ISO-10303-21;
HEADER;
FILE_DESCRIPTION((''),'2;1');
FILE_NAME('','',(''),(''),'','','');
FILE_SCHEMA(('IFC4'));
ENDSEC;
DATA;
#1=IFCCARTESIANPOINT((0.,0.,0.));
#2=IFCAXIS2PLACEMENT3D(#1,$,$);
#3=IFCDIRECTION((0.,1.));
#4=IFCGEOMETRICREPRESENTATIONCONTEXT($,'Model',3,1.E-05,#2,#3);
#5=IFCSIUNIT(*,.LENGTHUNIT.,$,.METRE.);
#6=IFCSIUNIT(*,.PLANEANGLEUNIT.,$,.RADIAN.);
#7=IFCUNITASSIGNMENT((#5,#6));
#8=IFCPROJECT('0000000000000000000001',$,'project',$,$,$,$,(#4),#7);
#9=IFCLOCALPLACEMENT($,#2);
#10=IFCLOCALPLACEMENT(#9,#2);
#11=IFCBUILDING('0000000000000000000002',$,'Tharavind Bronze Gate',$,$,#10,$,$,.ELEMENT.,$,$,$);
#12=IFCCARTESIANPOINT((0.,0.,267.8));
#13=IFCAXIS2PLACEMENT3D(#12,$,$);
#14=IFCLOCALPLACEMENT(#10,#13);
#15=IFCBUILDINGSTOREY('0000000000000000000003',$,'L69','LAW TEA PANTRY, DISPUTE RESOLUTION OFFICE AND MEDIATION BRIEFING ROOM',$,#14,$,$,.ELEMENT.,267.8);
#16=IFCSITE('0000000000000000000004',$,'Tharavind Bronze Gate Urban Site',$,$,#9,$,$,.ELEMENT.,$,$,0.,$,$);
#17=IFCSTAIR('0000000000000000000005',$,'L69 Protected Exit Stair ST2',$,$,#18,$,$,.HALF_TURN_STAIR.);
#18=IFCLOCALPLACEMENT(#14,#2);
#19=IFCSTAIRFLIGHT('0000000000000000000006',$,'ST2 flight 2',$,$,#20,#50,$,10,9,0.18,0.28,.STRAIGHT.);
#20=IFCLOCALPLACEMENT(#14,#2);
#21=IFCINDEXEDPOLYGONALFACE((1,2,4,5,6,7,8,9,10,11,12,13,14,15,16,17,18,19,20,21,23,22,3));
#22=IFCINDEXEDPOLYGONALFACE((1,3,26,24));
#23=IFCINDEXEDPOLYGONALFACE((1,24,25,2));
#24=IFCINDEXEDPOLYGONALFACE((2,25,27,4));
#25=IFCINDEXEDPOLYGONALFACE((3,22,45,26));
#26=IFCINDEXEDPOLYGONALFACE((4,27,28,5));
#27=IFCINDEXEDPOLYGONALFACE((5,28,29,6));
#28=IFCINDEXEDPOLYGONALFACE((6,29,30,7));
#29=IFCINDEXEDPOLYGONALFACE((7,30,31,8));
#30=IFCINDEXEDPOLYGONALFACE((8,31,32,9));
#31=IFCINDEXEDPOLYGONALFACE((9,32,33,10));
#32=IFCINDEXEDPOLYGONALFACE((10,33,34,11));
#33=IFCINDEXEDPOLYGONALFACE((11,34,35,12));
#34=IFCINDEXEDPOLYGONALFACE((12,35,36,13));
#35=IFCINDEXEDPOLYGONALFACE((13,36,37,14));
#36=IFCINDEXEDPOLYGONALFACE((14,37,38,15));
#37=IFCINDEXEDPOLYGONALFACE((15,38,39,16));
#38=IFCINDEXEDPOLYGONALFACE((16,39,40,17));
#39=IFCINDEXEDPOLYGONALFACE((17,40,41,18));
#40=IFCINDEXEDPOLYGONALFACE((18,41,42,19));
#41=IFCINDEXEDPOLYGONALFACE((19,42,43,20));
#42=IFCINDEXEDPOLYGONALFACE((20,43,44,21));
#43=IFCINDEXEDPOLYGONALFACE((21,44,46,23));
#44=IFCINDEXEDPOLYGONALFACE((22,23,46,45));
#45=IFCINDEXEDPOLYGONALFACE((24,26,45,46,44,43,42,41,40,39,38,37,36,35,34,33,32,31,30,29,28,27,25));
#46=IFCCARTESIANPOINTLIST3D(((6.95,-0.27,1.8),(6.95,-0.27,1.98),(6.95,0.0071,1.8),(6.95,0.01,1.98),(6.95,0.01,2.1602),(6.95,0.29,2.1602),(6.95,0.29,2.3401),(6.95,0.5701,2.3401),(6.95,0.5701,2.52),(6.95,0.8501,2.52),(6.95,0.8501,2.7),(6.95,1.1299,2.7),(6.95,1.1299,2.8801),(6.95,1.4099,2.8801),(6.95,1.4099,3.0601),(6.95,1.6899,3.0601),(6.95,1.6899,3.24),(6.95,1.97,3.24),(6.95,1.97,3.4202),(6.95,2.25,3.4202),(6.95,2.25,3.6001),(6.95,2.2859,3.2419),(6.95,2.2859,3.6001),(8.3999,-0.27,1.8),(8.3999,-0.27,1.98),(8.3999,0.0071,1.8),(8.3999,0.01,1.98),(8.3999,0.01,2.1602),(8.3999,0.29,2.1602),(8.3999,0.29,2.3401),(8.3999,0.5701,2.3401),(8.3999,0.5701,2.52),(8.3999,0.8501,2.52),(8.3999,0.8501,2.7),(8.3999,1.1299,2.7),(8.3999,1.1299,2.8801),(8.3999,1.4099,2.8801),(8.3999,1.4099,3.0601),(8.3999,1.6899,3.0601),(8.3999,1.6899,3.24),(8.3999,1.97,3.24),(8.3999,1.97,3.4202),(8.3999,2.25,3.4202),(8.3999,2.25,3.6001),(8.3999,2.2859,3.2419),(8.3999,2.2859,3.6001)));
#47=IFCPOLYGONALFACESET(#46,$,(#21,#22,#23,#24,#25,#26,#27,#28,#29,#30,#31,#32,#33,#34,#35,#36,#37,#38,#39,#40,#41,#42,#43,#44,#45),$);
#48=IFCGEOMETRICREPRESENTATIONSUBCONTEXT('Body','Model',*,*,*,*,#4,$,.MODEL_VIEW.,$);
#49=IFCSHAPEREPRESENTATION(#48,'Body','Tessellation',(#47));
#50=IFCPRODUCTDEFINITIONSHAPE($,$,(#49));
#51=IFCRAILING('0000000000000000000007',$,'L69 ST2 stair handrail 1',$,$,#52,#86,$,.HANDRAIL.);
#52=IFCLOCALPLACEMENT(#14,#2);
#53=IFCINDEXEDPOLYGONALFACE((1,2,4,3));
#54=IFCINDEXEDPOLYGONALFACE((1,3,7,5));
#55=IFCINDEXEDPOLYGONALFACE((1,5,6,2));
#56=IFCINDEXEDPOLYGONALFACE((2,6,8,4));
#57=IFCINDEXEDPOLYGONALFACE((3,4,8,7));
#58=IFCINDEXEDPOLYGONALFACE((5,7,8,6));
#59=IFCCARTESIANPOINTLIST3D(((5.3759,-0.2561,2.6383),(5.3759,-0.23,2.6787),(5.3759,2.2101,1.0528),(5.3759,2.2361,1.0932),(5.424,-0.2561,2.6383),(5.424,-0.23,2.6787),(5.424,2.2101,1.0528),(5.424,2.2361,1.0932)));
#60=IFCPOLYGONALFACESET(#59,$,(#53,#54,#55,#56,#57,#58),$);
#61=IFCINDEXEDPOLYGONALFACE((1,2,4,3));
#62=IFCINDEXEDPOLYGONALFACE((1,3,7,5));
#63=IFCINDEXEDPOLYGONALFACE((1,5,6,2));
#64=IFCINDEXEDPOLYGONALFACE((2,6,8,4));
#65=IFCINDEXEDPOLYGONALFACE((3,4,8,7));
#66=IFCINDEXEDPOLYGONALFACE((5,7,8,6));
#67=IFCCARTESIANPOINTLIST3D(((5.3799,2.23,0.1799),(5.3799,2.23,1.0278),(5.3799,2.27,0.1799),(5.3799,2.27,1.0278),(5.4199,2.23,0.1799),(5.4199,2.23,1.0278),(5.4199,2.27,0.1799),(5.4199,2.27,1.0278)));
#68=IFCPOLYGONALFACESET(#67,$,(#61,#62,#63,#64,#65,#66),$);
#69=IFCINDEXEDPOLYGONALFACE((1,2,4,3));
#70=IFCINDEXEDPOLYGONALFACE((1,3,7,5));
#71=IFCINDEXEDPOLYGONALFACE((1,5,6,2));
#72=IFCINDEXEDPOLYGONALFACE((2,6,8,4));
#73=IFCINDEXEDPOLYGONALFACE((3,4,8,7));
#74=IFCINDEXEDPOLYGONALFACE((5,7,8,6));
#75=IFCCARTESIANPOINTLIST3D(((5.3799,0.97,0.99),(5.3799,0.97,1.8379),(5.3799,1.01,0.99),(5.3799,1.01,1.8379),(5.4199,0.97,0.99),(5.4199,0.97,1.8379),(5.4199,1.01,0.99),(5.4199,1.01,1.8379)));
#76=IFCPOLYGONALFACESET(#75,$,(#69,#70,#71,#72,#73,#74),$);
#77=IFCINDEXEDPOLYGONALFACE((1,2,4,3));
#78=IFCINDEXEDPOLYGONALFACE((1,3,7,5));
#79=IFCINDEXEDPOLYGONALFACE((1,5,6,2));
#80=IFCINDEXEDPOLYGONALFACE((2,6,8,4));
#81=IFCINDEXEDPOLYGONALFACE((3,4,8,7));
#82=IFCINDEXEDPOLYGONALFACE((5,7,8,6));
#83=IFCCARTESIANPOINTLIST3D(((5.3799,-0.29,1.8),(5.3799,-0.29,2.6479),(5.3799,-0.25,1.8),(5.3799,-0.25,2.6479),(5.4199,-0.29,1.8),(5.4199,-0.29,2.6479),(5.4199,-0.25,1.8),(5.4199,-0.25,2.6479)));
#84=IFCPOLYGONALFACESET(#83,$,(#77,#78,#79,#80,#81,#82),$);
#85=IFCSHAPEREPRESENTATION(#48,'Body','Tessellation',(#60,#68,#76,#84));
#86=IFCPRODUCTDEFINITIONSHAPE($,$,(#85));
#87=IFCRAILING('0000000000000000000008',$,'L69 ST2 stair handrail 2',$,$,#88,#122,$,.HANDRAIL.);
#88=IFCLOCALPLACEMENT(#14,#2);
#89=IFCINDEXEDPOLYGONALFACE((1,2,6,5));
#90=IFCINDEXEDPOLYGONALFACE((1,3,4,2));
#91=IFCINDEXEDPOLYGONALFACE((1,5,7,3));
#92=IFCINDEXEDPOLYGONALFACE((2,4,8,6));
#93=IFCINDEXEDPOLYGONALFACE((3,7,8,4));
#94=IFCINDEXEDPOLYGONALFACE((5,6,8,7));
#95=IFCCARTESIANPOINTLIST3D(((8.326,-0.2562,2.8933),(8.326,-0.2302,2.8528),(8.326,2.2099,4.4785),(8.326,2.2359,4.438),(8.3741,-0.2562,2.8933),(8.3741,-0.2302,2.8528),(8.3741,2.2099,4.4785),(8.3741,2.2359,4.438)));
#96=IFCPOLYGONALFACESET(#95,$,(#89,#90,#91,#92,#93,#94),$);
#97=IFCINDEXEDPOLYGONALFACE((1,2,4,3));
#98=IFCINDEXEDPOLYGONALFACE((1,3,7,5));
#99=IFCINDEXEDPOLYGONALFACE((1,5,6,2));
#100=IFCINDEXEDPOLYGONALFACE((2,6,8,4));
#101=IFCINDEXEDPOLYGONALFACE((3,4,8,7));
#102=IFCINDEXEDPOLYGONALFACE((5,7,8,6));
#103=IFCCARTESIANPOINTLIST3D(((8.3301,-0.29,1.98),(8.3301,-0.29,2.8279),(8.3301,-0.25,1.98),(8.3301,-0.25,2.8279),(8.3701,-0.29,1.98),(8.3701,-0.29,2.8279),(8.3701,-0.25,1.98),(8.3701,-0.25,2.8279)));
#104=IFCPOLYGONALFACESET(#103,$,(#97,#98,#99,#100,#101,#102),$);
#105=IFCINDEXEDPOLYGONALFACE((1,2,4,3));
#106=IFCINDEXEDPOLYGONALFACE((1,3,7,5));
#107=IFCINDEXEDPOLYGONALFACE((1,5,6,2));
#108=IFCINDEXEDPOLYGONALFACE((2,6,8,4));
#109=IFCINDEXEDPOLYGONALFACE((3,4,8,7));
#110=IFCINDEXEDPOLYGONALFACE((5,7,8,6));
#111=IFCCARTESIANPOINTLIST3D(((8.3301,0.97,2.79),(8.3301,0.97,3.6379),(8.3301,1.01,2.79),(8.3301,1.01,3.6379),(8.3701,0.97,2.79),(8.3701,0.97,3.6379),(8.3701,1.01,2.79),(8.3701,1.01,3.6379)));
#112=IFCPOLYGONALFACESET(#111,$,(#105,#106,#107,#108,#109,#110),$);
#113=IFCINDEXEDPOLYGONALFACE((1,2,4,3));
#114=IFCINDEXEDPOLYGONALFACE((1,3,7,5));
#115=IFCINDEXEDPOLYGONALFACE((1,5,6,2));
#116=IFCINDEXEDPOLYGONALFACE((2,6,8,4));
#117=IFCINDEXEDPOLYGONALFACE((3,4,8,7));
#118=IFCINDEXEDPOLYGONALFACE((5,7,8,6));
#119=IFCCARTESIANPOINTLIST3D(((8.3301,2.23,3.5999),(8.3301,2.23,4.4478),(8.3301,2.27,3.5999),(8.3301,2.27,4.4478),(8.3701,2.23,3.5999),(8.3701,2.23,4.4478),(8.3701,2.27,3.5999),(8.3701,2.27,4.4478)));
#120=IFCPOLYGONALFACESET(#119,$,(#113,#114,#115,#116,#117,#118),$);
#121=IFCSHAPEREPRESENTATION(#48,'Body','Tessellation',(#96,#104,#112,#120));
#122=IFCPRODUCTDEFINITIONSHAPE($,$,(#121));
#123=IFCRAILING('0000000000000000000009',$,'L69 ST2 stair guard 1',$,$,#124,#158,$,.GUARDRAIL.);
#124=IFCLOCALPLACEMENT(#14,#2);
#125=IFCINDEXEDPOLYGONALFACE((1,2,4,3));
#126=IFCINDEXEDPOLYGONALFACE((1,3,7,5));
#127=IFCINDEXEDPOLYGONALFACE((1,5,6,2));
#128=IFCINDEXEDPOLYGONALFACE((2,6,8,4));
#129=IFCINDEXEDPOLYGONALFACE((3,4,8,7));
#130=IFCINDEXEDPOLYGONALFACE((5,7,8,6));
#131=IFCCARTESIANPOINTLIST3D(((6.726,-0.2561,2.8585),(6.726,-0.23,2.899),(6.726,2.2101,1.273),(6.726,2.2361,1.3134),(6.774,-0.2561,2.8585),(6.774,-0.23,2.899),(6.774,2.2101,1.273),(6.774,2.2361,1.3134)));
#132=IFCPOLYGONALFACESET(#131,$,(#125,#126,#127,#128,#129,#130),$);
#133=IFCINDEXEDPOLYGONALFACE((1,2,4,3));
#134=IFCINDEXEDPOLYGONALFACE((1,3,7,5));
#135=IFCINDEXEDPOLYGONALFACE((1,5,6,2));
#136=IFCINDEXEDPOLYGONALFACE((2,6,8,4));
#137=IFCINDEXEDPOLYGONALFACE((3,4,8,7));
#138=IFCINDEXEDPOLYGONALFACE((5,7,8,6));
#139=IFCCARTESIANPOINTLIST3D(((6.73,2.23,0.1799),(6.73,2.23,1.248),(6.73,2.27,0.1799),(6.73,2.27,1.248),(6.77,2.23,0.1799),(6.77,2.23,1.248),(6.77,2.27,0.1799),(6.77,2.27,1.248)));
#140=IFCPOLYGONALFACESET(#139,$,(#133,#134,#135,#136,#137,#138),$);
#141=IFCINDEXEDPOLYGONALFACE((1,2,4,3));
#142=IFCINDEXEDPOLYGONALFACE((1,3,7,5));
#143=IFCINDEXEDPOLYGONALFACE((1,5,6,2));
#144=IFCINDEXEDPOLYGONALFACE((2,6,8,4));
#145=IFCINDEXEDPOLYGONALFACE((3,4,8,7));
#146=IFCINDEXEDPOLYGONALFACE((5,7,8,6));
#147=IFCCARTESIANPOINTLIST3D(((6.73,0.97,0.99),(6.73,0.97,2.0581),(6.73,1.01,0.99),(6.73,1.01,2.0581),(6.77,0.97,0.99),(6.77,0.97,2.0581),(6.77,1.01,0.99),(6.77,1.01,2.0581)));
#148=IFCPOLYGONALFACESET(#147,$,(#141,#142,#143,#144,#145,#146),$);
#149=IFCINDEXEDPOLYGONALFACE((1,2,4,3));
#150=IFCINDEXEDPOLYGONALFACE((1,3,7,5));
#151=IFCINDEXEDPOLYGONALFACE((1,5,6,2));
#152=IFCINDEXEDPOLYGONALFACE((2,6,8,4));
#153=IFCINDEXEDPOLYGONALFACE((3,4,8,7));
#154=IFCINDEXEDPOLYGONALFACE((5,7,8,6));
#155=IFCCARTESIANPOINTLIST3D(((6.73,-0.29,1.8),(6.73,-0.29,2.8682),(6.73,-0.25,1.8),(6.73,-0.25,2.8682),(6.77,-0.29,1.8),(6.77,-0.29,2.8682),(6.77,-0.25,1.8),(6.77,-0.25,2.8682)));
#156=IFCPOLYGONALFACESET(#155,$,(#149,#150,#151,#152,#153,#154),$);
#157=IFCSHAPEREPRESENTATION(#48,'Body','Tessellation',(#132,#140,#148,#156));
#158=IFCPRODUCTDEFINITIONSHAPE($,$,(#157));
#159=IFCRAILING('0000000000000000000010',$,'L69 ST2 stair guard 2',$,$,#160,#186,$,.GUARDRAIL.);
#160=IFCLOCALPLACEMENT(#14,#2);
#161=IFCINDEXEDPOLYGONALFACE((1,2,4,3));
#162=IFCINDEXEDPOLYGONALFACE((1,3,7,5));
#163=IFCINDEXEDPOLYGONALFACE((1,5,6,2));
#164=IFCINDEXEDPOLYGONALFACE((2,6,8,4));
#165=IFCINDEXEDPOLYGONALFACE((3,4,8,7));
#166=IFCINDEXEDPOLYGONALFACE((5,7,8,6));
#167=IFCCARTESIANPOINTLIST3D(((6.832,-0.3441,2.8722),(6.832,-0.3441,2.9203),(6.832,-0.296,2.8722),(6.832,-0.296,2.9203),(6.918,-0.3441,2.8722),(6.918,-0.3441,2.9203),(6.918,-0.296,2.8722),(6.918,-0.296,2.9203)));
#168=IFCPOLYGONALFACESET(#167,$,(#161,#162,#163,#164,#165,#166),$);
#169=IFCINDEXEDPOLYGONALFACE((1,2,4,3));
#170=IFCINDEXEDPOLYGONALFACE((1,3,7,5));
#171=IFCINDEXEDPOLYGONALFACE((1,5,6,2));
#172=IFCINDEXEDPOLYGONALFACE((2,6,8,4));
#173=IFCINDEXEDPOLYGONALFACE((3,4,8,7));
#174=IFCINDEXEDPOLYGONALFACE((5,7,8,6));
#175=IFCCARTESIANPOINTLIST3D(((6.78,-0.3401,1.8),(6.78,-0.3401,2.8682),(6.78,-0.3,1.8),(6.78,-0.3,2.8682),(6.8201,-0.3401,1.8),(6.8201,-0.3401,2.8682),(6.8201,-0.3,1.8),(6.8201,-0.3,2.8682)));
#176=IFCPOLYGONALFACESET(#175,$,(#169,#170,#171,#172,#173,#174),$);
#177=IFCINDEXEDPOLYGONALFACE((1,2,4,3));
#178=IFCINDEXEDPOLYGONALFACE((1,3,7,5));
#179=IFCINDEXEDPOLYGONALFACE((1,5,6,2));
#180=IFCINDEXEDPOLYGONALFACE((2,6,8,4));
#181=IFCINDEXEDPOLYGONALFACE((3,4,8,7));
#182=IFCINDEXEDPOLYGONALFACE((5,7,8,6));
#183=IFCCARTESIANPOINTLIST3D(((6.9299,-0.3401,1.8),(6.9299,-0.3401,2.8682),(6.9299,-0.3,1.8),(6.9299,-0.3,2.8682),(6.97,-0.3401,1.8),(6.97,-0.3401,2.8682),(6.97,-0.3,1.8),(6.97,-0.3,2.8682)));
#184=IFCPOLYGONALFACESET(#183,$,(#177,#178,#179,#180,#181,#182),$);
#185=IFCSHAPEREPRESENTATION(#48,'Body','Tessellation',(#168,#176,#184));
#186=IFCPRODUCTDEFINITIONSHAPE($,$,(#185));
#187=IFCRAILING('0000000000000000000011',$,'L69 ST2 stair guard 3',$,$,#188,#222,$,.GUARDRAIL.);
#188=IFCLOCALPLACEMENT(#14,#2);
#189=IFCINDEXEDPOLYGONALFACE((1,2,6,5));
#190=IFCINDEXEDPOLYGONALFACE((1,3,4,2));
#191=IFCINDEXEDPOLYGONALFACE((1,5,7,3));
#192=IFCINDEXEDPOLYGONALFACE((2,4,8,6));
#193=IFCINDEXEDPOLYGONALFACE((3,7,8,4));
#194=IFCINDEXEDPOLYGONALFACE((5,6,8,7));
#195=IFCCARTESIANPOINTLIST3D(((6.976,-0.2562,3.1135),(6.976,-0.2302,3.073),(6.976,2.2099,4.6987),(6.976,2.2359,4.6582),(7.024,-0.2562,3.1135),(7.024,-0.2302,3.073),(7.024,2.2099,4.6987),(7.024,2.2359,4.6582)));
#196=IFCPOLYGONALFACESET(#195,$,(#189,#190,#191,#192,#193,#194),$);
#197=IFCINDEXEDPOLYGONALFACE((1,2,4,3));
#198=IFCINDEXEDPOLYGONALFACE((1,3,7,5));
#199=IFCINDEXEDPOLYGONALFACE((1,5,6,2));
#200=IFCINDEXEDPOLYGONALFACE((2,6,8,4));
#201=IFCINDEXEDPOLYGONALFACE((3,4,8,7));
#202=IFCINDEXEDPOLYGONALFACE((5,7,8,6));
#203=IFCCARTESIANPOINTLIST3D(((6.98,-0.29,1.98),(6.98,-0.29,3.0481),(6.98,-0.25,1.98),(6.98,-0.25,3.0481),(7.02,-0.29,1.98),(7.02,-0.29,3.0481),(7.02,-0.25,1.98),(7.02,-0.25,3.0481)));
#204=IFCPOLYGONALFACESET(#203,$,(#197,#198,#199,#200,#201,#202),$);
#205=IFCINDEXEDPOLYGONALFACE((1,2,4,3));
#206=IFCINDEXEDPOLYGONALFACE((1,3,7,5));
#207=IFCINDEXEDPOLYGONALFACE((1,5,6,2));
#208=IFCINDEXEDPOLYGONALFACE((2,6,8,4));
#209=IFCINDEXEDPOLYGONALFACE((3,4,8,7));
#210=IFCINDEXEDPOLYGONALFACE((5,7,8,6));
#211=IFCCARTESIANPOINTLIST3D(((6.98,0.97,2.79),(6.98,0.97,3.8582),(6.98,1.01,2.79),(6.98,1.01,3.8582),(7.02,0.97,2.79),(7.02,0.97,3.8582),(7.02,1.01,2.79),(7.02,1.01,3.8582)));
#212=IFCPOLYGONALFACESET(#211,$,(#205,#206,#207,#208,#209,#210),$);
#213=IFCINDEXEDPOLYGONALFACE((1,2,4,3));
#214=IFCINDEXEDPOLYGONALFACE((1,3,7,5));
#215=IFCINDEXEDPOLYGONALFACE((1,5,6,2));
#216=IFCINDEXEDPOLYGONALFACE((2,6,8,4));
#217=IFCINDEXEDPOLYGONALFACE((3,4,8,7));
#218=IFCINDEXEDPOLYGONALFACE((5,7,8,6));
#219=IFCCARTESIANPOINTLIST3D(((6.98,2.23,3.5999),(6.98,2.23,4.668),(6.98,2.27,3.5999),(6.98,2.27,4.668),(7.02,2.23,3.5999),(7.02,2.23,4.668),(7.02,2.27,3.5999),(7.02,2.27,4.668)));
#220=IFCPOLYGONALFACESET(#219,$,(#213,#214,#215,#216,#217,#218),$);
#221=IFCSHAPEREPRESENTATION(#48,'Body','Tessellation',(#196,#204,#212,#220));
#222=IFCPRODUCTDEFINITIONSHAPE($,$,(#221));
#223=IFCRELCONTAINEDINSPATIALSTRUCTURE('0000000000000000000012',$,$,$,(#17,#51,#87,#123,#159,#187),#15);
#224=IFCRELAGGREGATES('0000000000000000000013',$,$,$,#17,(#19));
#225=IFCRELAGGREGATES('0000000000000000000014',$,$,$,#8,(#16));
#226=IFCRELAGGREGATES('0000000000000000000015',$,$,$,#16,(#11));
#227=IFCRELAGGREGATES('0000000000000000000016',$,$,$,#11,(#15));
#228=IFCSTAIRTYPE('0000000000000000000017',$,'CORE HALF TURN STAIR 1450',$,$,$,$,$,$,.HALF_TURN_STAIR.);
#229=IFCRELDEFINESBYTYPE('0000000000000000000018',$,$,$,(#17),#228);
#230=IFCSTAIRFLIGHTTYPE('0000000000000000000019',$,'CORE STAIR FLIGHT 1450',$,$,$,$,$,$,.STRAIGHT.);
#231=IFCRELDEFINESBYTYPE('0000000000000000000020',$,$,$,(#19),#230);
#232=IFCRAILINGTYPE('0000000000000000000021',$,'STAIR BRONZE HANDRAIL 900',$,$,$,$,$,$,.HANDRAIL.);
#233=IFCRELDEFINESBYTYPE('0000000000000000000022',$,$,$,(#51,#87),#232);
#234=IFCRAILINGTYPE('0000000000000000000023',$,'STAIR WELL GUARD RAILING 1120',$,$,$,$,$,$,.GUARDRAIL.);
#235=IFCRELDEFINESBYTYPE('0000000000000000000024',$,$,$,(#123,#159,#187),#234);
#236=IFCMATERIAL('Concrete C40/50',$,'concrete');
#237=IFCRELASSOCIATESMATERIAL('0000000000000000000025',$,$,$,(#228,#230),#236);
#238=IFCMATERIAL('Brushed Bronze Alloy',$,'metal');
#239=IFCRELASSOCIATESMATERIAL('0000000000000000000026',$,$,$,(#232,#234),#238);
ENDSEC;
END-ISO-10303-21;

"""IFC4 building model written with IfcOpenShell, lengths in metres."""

from ifc_helpers import new_model, si_unit, direction, frame, origin, origin_2d, place, context, subcontext, project, spatial, polyline, rectangle, outline, extrude, material, type_object, element, aggregate, save


model = new_model("IFC4")

# Units and contexts
model_context = context("Model", 3, precision=1e-05, world=origin(), true_north=direction((0.0, 1.0)))
body_context = subcontext(model_context, "Body", "Model", "MODEL_VIEW")
ifc_project = project(units=[si_unit("LENGTHUNIT", "METRE"), si_unit("PLANEANGLEUNIT", "RADIAN")], contexts=[model_context])

# Site, building, storey
site_placement = place(None, origin())
site = spatial("IfcSite", under=ifc_project, at=site_placement, Name="Tharavind Bronze Gate Urban Site", CompositionType="ELEMENT", RefElevation=0.0)
building_placement = place(site_placement, origin())
building = spatial("IfcBuilding", under=site, at=building_placement, Name="Tharavind Bronze Gate", CompositionType="ELEMENT")
storey_placement = place(building_placement, frame((0.0, 0.0, 267.8)))
storey = spatial("IfcBuildingStorey", under=building, at=storey_placement, Name="L69", Description="LAW TEA PANTRY, DISPUTE RESOLUTION OFFICE AND MEDIATION BRIEFING ROOM", CompositionType="ELEMENT", Elevation=267.8)

# Shared definitions
ifc_material_1 = material(Name="Concrete C40/50", Category="concrete")

# Stair, stair flight
stair_type = type_object("IfcStairType", Name="CORE HALF TURN STAIR 1450", PredefinedType="HALF_TURN_STAIR", material=ifc_material_1)
stair_placement = place(storey_placement, origin())
stair = element("IfcStair", 1, at=stair_placement, inside=storey, type_object=stair_type, Name="L69 Protected Exit Stair ST2", PredefinedType="HALF_TURN_STAIR")
stair_flight_type = type_object("IfcStairFlightType", Name="CORE STAIR FLIGHT 1450", PredefinedType="STRAIGHT", material=ifc_material_1)
stair_flight_1_placement = place(storey_placement, frame((7.675, -0.27, 1.8), z_axis=(0.0, 0.0, 1.0), x_axis=(0.0, 1.0, 0.0)))
stair_flight_1 = element("IfcStairFlight", 2, at=stair_flight_1_placement, type_object=stair_flight_type, Name="ST2 flight 2", NumberOfRisers=10, NumberOfTreads=9, PredefinedType="STRAIGHT", RiserHeight=0.18, TreadLength=0.28, context=body_context, shape_type="SweptSolid", body=[
    extrude(outline(polyline([(0.0, 0.0), (0.0, 0.1799), (0.28, 0.1799), (0.28, 0.3601), (0.5601, 0.3601), (0.5601, 0.54), (0.8401, 0.54), (0.8401, 0.72), (1.1201, 0.72), (1.1201, 0.8999), (1.3999, 0.8999), (1.3999, 1.0801), (1.6799, 1.0801), (1.6799, 1.26), (1.96, 1.26), (1.96, 1.4399), (2.24, 1.4399), (2.24, 1.6201), (2.52, 1.6201), (2.52, 1.8), (2.5559, 1.8), (2.5559, 1.4419), (0.2771, 0.0), (0.0, 0.0)])), frame((0.0, 0.7251, 0.0), z_axis=(0.0, -1.0, 0.0), x_axis=(1.0, 0.0, 0.0)), (0.0, 0.0, 1.0), 1.45),
])
aggregate(stair, [stair_flight_1])

# Railings
ifc_material_2 = material(Name="Brushed Bronze Alloy", Category="metal")
railing_type_1 = type_object("IfcRailingType", Name="STAIR BRONZE HANDRAIL 900", PredefinedType="HANDRAIL", material=ifc_material_2)
railing_1_placement = place(storey_placement, frame((5.3999, 2.25, 0.1799)))
element("IfcRailing", 3, at=railing_1_placement, inside=storey, type_object=railing_type_1, Name="L69 ST2 stair handrail 1", PredefinedType="HANDRAIL", context=body_context, shape_type="SweptSolid", body=[
    extrude(rectangle(XDim=0.0481, YDim=0.0481, at=origin_2d()), frame((0.0, -0.0269, 0.8931), z_axis=(0.0, -0.841163, 0.540782), x_axis=(1.0, 0.0, 0.0)), (0.0, 0.0, 1.0), 2.9319),
    extrude(rectangle(XDim=0.04, YDim=0.04, at=origin_2d()), origin(), (0.0, 0.0, 1.0), 0.8479),
    extrude(rectangle(XDim=0.04, YDim=0.04, at=origin_2d()), frame((0.0, -1.26, 0.8101)), (0.0, 0.0, 1.0), 0.8479),
    extrude(rectangle(XDim=0.04, YDim=0.04, at=origin_2d()), frame((0.0, -2.52, 1.6201)), (0.0, 0.0, 1.0), 0.8479),
])
railing_2_placement = place(storey_placement, frame((8.3501, -0.27, 1.98)))
element("IfcRailing", 4, at=railing_2_placement, inside=storey, type_object=railing_type_1, Name="L69 ST2 stair handrail 2", PredefinedType="HANDRAIL", context=body_context, shape_type="SweptSolid", body=[
    extrude(rectangle(XDim=0.0481, YDim=0.0481, at=origin_2d()), frame((0.0, 0.0269, 0.8931), z_axis=(0.0, 0.8412, 0.540725), x_axis=(-1.0, 0.0, 0.0)), (0.0, 0.0, 1.0), 2.9316),
    extrude(rectangle(XDim=0.04, YDim=0.04, at=origin_2d()), origin(), (0.0, 0.0, 1.0), 0.8479),
    extrude(rectangle(XDim=0.04, YDim=0.04, at=origin_2d()), frame((0.0, 1.26, 0.8101)), (0.0, 0.0, 1.0), 0.8479),
    extrude(rectangle(XDim=0.04, YDim=0.04, at=origin_2d()), frame((0.0, 2.52, 1.6199)), (0.0, 0.0, 1.0), 0.8479),
])
railing_type_2 = type_object("IfcRailingType", Name="STAIR WELL GUARD RAILING 1120", PredefinedType="GUARDRAIL", material=ifc_material_2)
railing_3_placement = place(storey_placement, frame((6.75, 2.25, 0.1799)))
element("IfcRailing", 5, at=railing_3_placement, inside=storey, type_object=railing_type_2, Name="L69 ST2 stair guard 1", PredefinedType="GUARDRAIL", context=body_context, shape_type="SweptSolid", body=[
    extrude(rectangle(XDim=0.0481, YDim=0.0481, at=origin_2d()), frame((0.0, -0.0269, 1.1133), z_axis=(0.0, -0.841163, 0.540782), x_axis=(1.0, 0.0, 0.0)), (0.0, 0.0, 1.0), 2.9319),
    extrude(rectangle(XDim=0.04, YDim=0.04, at=origin_2d()), origin(), (0.0, 0.0, 1.0), 1.0681),
    extrude(rectangle(XDim=0.04, YDim=0.04, at=origin_2d()), frame((0.0, -1.26, 0.8101)), (0.0, 0.0, 1.0), 1.0681),
    extrude(rectangle(XDim=0.04, YDim=0.04, at=origin_2d()), frame((0.0, -2.52, 1.6201)), (0.0, 0.0, 1.0), 1.0681),
])
railing_4_placement = place(storey_placement, frame((6.8, -0.3201, 1.8)))
element("IfcRailing", 6, at=railing_4_placement, inside=storey, type_object=railing_type_2, Name="L69 ST2 stair guard 2", PredefinedType="GUARDRAIL", context=body_context, shape_type="SweptSolid", body=[
    extrude(rectangle(XDim=0.0481, YDim=0.0481, at=origin_2d()), frame((0.032, 0.0, 1.0962), z_axis=(1.0, 0.0, 0.0), x_axis=(0.0, 1.0, 0.0)), (0.0, 0.0, 1.0), 0.0859),
    extrude(rectangle(XDim=0.04, YDim=0.04, at=origin_2d()), origin(), (0.0, 0.0, 1.0), 1.0681),
    extrude(rectangle(XDim=0.04, YDim=0.04, at=origin_2d()), frame((0.1499, 0.0, 0.0)), (0.0, 0.0, 1.0), 1.0681),
])
railing_5_placement = place(storey_placement, frame((7.0, -0.27, 1.98)))
element("IfcRailing", 7, at=railing_5_placement, inside=storey, type_object=railing_type_2, Name="L69 ST2 stair guard 3", PredefinedType="GUARDRAIL", context=body_context, shape_type="SweptSolid", body=[
    extrude(rectangle(XDim=0.0481, YDim=0.0481, at=origin_2d()), frame((0.0, 0.0269, 1.1133), z_axis=(0.0, 0.8412, 0.540725), x_axis=(-1.0, 0.0, 0.0)), (0.0, 0.0, 1.0), 2.9316),
    extrude(rectangle(XDim=0.04, YDim=0.04, at=origin_2d()), origin(), (0.0, 0.0, 1.0), 1.0681),
    extrude(rectangle(XDim=0.04, YDim=0.04, at=origin_2d()), frame((0.0, 1.26, 0.8101)), (0.0, 0.0, 1.0), 1.0681),
    extrude(rectangle(XDim=0.04, YDim=0.04, at=origin_2d()), frame((0.0, 2.52, 1.6199)), (0.0, 0.0, 1.0), 1.0681),
])

save(model, "model.ifc")
